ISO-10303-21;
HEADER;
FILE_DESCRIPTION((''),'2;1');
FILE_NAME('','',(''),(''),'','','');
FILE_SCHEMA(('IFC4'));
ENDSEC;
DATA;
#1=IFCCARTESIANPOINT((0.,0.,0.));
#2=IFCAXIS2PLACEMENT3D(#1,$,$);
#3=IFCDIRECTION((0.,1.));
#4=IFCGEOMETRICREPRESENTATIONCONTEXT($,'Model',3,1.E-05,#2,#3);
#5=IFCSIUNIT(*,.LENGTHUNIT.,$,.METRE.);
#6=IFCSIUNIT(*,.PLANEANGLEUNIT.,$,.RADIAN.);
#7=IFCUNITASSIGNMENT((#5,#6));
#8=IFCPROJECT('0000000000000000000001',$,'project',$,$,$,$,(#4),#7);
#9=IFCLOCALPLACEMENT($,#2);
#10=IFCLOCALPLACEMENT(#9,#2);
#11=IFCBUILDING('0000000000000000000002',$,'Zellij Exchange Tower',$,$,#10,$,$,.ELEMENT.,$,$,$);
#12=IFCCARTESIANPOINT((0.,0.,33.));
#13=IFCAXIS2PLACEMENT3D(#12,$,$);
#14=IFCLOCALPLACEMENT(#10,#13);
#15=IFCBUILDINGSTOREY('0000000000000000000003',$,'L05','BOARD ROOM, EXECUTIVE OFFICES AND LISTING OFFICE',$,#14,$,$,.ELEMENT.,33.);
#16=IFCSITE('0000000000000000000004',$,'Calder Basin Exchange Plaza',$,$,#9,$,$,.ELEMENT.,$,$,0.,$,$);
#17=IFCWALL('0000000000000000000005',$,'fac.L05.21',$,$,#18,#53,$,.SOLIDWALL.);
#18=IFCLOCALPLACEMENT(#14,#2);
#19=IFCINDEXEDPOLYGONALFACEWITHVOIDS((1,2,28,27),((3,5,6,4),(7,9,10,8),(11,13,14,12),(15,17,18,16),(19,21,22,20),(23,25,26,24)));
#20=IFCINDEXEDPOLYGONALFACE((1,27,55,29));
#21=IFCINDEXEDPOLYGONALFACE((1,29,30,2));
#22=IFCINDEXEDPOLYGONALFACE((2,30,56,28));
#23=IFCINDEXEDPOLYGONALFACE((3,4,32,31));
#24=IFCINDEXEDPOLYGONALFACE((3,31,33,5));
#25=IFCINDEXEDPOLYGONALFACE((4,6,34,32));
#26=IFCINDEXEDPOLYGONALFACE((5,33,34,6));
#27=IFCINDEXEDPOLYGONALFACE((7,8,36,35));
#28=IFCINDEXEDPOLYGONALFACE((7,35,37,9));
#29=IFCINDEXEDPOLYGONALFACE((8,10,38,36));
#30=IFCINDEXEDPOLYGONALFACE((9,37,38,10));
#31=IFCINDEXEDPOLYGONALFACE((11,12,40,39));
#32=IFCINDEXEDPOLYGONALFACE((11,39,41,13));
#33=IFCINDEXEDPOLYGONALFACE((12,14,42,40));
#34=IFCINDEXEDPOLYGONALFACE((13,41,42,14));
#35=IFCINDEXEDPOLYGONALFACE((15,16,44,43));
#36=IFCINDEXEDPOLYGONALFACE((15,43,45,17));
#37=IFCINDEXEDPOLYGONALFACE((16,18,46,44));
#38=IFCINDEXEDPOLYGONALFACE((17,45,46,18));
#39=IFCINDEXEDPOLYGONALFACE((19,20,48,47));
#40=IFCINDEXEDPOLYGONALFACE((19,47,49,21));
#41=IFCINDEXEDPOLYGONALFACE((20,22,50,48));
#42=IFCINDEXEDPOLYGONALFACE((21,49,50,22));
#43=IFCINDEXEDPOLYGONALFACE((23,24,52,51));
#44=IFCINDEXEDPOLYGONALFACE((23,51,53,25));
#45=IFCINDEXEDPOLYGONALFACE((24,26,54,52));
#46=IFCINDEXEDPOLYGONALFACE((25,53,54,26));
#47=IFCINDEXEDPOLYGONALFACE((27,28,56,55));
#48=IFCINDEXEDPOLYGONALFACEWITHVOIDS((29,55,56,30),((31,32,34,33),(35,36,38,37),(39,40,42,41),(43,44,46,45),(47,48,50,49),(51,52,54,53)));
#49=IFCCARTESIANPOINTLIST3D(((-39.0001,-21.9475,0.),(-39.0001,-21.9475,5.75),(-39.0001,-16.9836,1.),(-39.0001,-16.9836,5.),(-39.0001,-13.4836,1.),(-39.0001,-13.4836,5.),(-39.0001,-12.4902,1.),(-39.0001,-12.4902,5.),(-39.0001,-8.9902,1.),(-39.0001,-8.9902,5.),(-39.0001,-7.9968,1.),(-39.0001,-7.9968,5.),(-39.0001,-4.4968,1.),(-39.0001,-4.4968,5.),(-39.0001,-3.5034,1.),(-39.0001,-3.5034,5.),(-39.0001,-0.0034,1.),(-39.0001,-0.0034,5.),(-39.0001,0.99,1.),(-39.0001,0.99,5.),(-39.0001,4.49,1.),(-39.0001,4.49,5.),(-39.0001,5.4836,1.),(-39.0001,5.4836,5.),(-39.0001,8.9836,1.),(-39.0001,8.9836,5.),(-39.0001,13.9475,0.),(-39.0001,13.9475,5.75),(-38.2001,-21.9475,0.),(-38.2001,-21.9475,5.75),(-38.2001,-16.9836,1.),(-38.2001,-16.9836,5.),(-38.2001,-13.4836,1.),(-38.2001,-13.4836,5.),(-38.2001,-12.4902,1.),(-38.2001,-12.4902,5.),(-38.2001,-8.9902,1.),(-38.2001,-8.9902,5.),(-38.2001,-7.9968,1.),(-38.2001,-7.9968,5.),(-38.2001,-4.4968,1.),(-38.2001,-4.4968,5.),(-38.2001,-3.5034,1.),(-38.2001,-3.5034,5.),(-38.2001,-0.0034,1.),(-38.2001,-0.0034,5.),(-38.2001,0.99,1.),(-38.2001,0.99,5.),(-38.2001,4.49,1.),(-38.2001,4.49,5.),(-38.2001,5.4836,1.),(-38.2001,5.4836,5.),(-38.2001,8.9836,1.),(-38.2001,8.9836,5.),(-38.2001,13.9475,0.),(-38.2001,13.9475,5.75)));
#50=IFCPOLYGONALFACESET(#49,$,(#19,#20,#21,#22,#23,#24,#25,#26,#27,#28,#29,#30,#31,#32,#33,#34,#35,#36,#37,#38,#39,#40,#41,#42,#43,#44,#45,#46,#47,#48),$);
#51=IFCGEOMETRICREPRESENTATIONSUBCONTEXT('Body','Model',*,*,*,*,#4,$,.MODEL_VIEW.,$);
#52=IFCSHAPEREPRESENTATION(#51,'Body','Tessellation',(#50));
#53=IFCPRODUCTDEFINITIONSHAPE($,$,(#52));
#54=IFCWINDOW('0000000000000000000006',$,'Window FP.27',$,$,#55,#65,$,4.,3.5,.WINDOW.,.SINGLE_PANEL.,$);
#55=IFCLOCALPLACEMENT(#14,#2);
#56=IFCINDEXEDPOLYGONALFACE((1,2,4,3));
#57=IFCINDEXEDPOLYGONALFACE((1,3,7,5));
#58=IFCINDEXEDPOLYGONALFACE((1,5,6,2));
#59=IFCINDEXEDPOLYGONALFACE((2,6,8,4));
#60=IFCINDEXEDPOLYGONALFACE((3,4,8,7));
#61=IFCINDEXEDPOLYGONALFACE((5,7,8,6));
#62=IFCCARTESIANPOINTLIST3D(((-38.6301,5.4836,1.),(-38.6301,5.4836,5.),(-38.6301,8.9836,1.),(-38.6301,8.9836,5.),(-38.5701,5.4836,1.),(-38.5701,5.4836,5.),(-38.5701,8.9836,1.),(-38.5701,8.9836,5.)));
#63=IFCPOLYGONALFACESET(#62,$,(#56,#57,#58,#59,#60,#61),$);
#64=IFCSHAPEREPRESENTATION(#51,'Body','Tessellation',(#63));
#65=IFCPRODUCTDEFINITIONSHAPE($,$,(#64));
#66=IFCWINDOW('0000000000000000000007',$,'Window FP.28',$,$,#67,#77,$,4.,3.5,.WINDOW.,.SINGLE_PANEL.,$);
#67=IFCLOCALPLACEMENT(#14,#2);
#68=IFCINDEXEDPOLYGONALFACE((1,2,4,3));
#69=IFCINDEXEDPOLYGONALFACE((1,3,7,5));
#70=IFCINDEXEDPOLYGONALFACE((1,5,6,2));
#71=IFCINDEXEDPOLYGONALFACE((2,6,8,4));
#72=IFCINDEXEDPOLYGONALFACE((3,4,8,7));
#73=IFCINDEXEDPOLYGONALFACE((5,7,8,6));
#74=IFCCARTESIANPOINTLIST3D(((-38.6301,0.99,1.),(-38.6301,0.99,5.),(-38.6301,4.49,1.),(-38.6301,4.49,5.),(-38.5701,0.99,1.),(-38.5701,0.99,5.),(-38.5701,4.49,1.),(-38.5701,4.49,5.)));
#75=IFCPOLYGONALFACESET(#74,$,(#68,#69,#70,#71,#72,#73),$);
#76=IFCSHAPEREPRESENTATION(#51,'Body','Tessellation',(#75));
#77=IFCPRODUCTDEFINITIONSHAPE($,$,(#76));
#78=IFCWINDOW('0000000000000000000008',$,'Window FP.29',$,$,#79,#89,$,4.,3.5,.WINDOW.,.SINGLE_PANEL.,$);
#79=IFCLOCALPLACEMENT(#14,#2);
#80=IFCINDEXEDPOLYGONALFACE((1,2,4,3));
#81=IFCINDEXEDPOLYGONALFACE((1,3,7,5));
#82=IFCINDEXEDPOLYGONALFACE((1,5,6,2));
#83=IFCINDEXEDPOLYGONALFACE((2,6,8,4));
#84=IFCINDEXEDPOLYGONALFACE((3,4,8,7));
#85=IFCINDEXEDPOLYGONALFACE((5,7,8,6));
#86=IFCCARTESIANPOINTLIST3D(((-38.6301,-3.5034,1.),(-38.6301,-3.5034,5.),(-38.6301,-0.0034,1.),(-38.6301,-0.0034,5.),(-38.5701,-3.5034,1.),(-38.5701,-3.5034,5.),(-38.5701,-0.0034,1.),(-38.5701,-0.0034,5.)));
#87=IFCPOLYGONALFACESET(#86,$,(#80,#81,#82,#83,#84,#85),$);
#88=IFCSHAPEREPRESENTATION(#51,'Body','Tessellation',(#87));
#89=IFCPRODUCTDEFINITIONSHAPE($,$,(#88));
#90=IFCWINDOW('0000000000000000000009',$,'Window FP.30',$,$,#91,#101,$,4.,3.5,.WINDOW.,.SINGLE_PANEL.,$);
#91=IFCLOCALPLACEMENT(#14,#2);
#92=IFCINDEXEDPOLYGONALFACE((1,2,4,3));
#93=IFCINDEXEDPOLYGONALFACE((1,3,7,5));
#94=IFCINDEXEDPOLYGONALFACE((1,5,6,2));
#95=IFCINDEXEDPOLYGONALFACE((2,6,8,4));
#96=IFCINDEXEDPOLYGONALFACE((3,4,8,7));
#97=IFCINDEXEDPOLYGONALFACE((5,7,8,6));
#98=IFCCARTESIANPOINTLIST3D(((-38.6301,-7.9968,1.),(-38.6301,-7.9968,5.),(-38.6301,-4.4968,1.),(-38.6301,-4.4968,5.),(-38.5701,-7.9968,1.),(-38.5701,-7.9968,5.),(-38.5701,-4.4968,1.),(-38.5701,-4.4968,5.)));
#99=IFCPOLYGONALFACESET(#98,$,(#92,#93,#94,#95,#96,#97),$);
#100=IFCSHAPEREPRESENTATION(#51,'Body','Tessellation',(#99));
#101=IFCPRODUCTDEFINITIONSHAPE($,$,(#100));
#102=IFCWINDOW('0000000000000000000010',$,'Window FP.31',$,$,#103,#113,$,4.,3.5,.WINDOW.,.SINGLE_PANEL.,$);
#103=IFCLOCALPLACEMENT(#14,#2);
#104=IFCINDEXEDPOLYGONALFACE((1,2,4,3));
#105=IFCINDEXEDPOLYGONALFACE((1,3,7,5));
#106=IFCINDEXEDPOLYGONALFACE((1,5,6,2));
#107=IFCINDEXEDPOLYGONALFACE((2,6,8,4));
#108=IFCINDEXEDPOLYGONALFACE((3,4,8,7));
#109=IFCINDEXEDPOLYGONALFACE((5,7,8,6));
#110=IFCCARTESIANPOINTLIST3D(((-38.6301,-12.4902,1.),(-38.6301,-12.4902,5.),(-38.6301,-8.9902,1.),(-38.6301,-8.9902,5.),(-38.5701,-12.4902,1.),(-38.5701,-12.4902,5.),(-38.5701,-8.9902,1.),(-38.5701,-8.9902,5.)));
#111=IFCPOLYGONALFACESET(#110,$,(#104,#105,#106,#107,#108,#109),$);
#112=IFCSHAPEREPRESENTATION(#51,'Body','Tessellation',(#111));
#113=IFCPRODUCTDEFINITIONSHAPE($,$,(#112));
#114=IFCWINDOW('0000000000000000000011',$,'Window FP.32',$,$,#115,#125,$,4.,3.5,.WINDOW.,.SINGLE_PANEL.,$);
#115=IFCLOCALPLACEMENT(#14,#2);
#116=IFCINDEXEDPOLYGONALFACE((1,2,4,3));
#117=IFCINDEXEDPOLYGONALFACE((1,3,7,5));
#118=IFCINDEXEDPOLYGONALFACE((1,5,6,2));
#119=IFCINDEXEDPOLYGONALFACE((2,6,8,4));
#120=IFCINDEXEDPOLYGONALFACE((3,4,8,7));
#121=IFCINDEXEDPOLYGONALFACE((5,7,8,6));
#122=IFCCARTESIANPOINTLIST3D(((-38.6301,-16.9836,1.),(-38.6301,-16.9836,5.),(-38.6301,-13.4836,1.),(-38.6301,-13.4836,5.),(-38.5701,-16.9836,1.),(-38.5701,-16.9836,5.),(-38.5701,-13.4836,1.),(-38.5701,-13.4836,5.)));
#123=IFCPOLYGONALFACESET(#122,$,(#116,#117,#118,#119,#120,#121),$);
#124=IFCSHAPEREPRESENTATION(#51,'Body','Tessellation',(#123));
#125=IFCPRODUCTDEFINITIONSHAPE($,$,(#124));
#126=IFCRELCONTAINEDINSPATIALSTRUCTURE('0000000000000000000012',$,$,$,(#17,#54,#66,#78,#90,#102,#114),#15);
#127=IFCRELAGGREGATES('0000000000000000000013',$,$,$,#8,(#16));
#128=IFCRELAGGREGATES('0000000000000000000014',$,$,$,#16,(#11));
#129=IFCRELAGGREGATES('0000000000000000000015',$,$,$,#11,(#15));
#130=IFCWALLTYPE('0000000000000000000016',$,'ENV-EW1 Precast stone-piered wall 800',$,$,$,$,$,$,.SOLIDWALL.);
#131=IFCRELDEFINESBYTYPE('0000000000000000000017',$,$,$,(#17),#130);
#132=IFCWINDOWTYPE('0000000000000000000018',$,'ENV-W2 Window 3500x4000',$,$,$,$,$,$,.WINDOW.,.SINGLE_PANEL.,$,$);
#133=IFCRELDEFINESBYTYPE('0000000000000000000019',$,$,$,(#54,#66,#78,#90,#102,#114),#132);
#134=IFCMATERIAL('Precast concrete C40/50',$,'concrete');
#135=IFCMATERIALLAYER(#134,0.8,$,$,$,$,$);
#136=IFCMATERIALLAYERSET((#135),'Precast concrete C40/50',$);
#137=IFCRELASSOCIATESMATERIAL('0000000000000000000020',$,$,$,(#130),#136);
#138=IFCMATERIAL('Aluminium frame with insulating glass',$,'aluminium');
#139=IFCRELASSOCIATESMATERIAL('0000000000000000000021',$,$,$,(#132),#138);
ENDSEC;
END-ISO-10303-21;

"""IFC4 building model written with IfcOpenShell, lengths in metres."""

from ifc_helpers import new_model, si_unit, direction, frame, frame_2d, origin, place, context, subcontext, project, spatial, rectangle, extrude, material, layer, layer_set, type_object, element, fill, save


model = new_model("IFC4")

# Units and contexts
model_context = context("Model", 3, precision=1e-05, world=origin(), true_north=direction((0.0, 1.0)))
body_context = subcontext(model_context, "Body", "Model", "MODEL_VIEW")
ifc_project = project(units=[si_unit("LENGTHUNIT", "METRE"), si_unit("PLANEANGLEUNIT", "RADIAN")], contexts=[model_context])

# Site, building, storey
site_placement = place(None, origin())
site = spatial("IfcSite", under=ifc_project, at=site_placement, Name="Calder Basin Exchange Plaza", CompositionType="ELEMENT", RefElevation=0.0)
building_placement = place(site_placement, origin())
building = spatial("IfcBuilding", under=site, at=building_placement, Name="Zellij Exchange Tower", CompositionType="ELEMENT")
storey_placement = place(building_placement, frame((0.0, 0.0, 33.0)))
storey = spatial("IfcBuildingStorey", under=building, at=storey_placement, Name="L05", Description="BOARD ROOM, EXECUTIVE OFFICES AND LISTING OFFICE", CompositionType="ELEMENT", Elevation=33.0)

# Shared definitions
ifc_material_1 = material(Name="Precast concrete C40/50", Category="concrete")
ifc_layer_1 = layer(ifc_material_1, 0.8)
ifc_layer_set_1 = layer_set([ifc_layer_1], Name="Precast concrete C40/50")
wall_type_1 = type_object("IfcWallType", Name="ENV-EW1 Precast stone-piered wall 800", PredefinedType="SOLIDWALL", material=ifc_layer_set_1)

# Wall, openings, windows
wall_1_placement = place(storey_placement, frame((-38.6001, 13.9475, 0.0), z_axis=(0.0, 0.0, 1.0), x_axis=(0.0, -1.0, 0.0)))
wall_1 = element("IfcWall", 1, at=wall_1_placement, inside=storey, type_object=wall_type_1, Name="fac.L05.21", PredefinedType="SOLIDWALL", context=body_context, shape_type="SweptSolid", body=[
    extrude(rectangle(XDim=35.895, YDim=0.8, at=frame_2d((17.9475, 0.0))), origin(), (0.0, 0.0, 1.0), 5.75),
])
opening_1_placement = place(wall_1_placement, frame((4.9639, 0.0, 1.0)))
opening_1 = element("IfcOpeningElement", 2, at=opening_1_placement, cuts=wall_1, PredefinedType="OPENING", context=body_context, shape_type="SweptSolid", body=[
    extrude(rectangle(XDim=3.5, YDim=4.0, at=frame_2d((1.75, 2.0))), frame((0.0, 0.4121, 0.0), z_axis=(0.0, -1.0, 0.0), x_axis=(1.0, 0.0, 0.0)), (0.0, 0.0, 1.0), 0.824),
])
opening_2_placement = place(wall_1_placement, frame((9.4575, 0.0, 1.0)))
opening_2 = element("IfcOpeningElement", 3, at=opening_2_placement, cuts=wall_1, PredefinedType="OPENING", context=body_context, shape_type="SweptSolid", body=[
    extrude(rectangle(XDim=3.5, YDim=4.0, at=frame_2d((1.75, 2.0))), frame((0.0, 0.4121, 0.0), z_axis=(0.0, -1.0, 0.0), x_axis=(1.0, 0.0, 0.0)), (0.0, 0.0, 1.0), 0.824),
])
opening_3_placement = place(wall_1_placement, frame((13.9509, 0.0, 1.0)))
opening_3 = element("IfcOpeningElement", 4, at=opening_3_placement, cuts=wall_1, PredefinedType="OPENING", context=body_context, shape_type="SweptSolid", body=[
    extrude(rectangle(XDim=3.5, YDim=4.0, at=frame_2d((1.75, 2.0))), frame((0.0, 0.4121, 0.0), z_axis=(0.0, -1.0, 0.0), x_axis=(1.0, 0.0, 0.0)), (0.0, 0.0, 1.0), 0.824),
])
opening_4_placement = place(wall_1_placement, frame((18.4443, 0.0, 1.0)))
opening_4 = element("IfcOpeningElement", 5, at=opening_4_placement, cuts=wall_1, PredefinedType="OPENING", context=body_context, shape_type="SweptSolid", body=[
    extrude(rectangle(XDim=3.5, YDim=4.0, at=frame_2d((1.75, 2.0))), frame((0.0, 0.4121, 0.0), z_axis=(0.0, -1.0, 0.0), x_axis=(1.0, 0.0, 0.0)), (0.0, 0.0, 1.0), 0.824),
])
opening_5_placement = place(wall_1_placement, frame((22.9377, 0.0, 1.0)))
opening_5 = element("IfcOpeningElement", 6, at=opening_5_placement, cuts=wall_1, PredefinedType="OPENING", context=body_context, shape_type="SweptSolid", body=[
    extrude(rectangle(XDim=3.5, YDim=4.0, at=frame_2d((1.75, 2.0))), frame((0.0, 0.4121, 0.0), z_axis=(0.0, -1.0, 0.0), x_axis=(1.0, 0.0, 0.0)), (0.0, 0.0, 1.0), 0.824),
])
opening_6_placement = place(wall_1_placement, frame((27.4312, 0.0, 1.0)))
opening_6 = element("IfcOpeningElement", 7, at=opening_6_placement, cuts=wall_1, PredefinedType="OPENING", context=body_context, shape_type="SweptSolid", body=[
    extrude(rectangle(XDim=3.5, YDim=4.0, at=frame_2d((1.75, 2.0))), frame((0.0, 0.4121, 0.0), z_axis=(0.0, -1.0, 0.0), x_axis=(1.0, 0.0, 0.0)), (0.0, 0.0, 1.0), 0.824),
])
ifc_material_2 = material(Name="Aluminium frame with insulating glass", Category="aluminium")
window_type = type_object("IfcWindowType", Name="ENV-W2 Window 3500x4000", PartitioningType="SINGLE_PANEL", PredefinedType="WINDOW", material=ifc_material_2)
window_1_placement = place(opening_1_placement, origin())
window_1 = element("IfcWindow", 8, at=window_1_placement, inside=storey, type_object=window_type, Name="Window FP.27", OverallHeight=4.0, OverallWidth=3.5, PartitioningType="SINGLE_PANEL", PredefinedType="WINDOW", context=body_context, shape_type="SweptSolid", body=[
    extrude(rectangle(XDim=3.5, YDim=4.0, at=frame_2d((1.75, 2.0))), frame((0.0, 0.03, 0.0), z_axis=(0.0, -1.0, 0.0), x_axis=(1.0, 0.0, 0.0)), (0.0, 0.0, 1.0), 0.0601),
])
fill(opening_1, window_1)
window_2_placement = place(opening_2_placement, origin())
window_2 = element("IfcWindow", 9, at=window_2_placement, inside=storey, type_object=window_type, Name="Window FP.28", OverallHeight=4.0, OverallWidth=3.5, PartitioningType="SINGLE_PANEL", PredefinedType="WINDOW", context=body_context, shape_type="SweptSolid", body=[
    extrude(rectangle(XDim=3.5, YDim=4.0, at=frame_2d((1.75, 2.0))), frame((0.0, 0.03, 0.0), z_axis=(0.0, -1.0, 0.0), x_axis=(1.0, 0.0, 0.0)), (0.0, 0.0, 1.0), 0.0601),
])
fill(opening_2, window_2)
window_3_placement = place(opening_3_placement, origin())
window_3 = element("IfcWindow", 10, at=window_3_placement, inside=storey, type_object=window_type, Name="Window FP.29", OverallHeight=4.0, OverallWidth=3.5, PartitioningType="SINGLE_PANEL", PredefinedType="WINDOW", context=body_context, shape_type="SweptSolid", body=[
    extrude(rectangle(XDim=3.5, YDim=4.0, at=frame_2d((1.75, 2.0))), frame((0.0, 0.03, 0.0), z_axis=(0.0, -1.0, 0.0), x_axis=(1.0, 0.0, 0.0)), (0.0, 0.0, 1.0), 0.0601),
])
fill(opening_3, window_3)
window_4_placement = place(opening_4_placement, origin())
window_4 = element("IfcWindow", 11, at=window_4_placement, inside=storey, type_object=window_type, Name="Window FP.30", OverallHeight=4.0, OverallWidth=3.5, PartitioningType="SINGLE_PANEL", PredefinedType="WINDOW", context=body_context, shape_type="SweptSolid", body=[
    extrude(rectangle(XDim=3.5, YDim=4.0, at=frame_2d((1.75, 2.0))), frame((0.0, 0.03, 0.0), z_axis=(0.0, -1.0, 0.0), x_axis=(1.0, 0.0, 0.0)), (0.0, 0.0, 1.0), 0.0601),
])
fill(opening_4, window_4)
window_5_placement = place(opening_5_placement, origin())
window_5 = element("IfcWindow", 12, at=window_5_placement, inside=storey, type_object=window_type, Name="Window FP.31", OverallHeight=4.0, OverallWidth=3.5, PartitioningType="SINGLE_PANEL", PredefinedType="WINDOW", context=body_context, shape_type="SweptSolid", body=[
    extrude(rectangle(XDim=3.5, YDim=4.0, at=frame_2d((1.75, 2.0))), frame((0.0, 0.03, 0.0), z_axis=(0.0, -1.0, 0.0), x_axis=(1.0, 0.0, 0.0)), (0.0, 0.0, 1.0), 0.0601),
])
fill(opening_5, window_5)
window_6_placement = place(opening_6_placement, origin())
window_6 = element("IfcWindow", 13, at=window_6_placement, inside=storey, type_object=window_type, Name="Window FP.32", OverallHeight=4.0, OverallWidth=3.5, PartitioningType="SINGLE_PANEL", PredefinedType="WINDOW", context=body_context, shape_type="SweptSolid", body=[
    extrude(rectangle(XDim=3.5, YDim=4.0, at=frame_2d((1.75, 2.0))), frame((0.0, 0.03, 0.0), z_axis=(0.0, -1.0, 0.0), x_axis=(1.0, 0.0, 0.0)), (0.0, 0.0, 1.0), 0.0601),
])
fill(opening_6, window_6)

save(model, "model.ifc")
